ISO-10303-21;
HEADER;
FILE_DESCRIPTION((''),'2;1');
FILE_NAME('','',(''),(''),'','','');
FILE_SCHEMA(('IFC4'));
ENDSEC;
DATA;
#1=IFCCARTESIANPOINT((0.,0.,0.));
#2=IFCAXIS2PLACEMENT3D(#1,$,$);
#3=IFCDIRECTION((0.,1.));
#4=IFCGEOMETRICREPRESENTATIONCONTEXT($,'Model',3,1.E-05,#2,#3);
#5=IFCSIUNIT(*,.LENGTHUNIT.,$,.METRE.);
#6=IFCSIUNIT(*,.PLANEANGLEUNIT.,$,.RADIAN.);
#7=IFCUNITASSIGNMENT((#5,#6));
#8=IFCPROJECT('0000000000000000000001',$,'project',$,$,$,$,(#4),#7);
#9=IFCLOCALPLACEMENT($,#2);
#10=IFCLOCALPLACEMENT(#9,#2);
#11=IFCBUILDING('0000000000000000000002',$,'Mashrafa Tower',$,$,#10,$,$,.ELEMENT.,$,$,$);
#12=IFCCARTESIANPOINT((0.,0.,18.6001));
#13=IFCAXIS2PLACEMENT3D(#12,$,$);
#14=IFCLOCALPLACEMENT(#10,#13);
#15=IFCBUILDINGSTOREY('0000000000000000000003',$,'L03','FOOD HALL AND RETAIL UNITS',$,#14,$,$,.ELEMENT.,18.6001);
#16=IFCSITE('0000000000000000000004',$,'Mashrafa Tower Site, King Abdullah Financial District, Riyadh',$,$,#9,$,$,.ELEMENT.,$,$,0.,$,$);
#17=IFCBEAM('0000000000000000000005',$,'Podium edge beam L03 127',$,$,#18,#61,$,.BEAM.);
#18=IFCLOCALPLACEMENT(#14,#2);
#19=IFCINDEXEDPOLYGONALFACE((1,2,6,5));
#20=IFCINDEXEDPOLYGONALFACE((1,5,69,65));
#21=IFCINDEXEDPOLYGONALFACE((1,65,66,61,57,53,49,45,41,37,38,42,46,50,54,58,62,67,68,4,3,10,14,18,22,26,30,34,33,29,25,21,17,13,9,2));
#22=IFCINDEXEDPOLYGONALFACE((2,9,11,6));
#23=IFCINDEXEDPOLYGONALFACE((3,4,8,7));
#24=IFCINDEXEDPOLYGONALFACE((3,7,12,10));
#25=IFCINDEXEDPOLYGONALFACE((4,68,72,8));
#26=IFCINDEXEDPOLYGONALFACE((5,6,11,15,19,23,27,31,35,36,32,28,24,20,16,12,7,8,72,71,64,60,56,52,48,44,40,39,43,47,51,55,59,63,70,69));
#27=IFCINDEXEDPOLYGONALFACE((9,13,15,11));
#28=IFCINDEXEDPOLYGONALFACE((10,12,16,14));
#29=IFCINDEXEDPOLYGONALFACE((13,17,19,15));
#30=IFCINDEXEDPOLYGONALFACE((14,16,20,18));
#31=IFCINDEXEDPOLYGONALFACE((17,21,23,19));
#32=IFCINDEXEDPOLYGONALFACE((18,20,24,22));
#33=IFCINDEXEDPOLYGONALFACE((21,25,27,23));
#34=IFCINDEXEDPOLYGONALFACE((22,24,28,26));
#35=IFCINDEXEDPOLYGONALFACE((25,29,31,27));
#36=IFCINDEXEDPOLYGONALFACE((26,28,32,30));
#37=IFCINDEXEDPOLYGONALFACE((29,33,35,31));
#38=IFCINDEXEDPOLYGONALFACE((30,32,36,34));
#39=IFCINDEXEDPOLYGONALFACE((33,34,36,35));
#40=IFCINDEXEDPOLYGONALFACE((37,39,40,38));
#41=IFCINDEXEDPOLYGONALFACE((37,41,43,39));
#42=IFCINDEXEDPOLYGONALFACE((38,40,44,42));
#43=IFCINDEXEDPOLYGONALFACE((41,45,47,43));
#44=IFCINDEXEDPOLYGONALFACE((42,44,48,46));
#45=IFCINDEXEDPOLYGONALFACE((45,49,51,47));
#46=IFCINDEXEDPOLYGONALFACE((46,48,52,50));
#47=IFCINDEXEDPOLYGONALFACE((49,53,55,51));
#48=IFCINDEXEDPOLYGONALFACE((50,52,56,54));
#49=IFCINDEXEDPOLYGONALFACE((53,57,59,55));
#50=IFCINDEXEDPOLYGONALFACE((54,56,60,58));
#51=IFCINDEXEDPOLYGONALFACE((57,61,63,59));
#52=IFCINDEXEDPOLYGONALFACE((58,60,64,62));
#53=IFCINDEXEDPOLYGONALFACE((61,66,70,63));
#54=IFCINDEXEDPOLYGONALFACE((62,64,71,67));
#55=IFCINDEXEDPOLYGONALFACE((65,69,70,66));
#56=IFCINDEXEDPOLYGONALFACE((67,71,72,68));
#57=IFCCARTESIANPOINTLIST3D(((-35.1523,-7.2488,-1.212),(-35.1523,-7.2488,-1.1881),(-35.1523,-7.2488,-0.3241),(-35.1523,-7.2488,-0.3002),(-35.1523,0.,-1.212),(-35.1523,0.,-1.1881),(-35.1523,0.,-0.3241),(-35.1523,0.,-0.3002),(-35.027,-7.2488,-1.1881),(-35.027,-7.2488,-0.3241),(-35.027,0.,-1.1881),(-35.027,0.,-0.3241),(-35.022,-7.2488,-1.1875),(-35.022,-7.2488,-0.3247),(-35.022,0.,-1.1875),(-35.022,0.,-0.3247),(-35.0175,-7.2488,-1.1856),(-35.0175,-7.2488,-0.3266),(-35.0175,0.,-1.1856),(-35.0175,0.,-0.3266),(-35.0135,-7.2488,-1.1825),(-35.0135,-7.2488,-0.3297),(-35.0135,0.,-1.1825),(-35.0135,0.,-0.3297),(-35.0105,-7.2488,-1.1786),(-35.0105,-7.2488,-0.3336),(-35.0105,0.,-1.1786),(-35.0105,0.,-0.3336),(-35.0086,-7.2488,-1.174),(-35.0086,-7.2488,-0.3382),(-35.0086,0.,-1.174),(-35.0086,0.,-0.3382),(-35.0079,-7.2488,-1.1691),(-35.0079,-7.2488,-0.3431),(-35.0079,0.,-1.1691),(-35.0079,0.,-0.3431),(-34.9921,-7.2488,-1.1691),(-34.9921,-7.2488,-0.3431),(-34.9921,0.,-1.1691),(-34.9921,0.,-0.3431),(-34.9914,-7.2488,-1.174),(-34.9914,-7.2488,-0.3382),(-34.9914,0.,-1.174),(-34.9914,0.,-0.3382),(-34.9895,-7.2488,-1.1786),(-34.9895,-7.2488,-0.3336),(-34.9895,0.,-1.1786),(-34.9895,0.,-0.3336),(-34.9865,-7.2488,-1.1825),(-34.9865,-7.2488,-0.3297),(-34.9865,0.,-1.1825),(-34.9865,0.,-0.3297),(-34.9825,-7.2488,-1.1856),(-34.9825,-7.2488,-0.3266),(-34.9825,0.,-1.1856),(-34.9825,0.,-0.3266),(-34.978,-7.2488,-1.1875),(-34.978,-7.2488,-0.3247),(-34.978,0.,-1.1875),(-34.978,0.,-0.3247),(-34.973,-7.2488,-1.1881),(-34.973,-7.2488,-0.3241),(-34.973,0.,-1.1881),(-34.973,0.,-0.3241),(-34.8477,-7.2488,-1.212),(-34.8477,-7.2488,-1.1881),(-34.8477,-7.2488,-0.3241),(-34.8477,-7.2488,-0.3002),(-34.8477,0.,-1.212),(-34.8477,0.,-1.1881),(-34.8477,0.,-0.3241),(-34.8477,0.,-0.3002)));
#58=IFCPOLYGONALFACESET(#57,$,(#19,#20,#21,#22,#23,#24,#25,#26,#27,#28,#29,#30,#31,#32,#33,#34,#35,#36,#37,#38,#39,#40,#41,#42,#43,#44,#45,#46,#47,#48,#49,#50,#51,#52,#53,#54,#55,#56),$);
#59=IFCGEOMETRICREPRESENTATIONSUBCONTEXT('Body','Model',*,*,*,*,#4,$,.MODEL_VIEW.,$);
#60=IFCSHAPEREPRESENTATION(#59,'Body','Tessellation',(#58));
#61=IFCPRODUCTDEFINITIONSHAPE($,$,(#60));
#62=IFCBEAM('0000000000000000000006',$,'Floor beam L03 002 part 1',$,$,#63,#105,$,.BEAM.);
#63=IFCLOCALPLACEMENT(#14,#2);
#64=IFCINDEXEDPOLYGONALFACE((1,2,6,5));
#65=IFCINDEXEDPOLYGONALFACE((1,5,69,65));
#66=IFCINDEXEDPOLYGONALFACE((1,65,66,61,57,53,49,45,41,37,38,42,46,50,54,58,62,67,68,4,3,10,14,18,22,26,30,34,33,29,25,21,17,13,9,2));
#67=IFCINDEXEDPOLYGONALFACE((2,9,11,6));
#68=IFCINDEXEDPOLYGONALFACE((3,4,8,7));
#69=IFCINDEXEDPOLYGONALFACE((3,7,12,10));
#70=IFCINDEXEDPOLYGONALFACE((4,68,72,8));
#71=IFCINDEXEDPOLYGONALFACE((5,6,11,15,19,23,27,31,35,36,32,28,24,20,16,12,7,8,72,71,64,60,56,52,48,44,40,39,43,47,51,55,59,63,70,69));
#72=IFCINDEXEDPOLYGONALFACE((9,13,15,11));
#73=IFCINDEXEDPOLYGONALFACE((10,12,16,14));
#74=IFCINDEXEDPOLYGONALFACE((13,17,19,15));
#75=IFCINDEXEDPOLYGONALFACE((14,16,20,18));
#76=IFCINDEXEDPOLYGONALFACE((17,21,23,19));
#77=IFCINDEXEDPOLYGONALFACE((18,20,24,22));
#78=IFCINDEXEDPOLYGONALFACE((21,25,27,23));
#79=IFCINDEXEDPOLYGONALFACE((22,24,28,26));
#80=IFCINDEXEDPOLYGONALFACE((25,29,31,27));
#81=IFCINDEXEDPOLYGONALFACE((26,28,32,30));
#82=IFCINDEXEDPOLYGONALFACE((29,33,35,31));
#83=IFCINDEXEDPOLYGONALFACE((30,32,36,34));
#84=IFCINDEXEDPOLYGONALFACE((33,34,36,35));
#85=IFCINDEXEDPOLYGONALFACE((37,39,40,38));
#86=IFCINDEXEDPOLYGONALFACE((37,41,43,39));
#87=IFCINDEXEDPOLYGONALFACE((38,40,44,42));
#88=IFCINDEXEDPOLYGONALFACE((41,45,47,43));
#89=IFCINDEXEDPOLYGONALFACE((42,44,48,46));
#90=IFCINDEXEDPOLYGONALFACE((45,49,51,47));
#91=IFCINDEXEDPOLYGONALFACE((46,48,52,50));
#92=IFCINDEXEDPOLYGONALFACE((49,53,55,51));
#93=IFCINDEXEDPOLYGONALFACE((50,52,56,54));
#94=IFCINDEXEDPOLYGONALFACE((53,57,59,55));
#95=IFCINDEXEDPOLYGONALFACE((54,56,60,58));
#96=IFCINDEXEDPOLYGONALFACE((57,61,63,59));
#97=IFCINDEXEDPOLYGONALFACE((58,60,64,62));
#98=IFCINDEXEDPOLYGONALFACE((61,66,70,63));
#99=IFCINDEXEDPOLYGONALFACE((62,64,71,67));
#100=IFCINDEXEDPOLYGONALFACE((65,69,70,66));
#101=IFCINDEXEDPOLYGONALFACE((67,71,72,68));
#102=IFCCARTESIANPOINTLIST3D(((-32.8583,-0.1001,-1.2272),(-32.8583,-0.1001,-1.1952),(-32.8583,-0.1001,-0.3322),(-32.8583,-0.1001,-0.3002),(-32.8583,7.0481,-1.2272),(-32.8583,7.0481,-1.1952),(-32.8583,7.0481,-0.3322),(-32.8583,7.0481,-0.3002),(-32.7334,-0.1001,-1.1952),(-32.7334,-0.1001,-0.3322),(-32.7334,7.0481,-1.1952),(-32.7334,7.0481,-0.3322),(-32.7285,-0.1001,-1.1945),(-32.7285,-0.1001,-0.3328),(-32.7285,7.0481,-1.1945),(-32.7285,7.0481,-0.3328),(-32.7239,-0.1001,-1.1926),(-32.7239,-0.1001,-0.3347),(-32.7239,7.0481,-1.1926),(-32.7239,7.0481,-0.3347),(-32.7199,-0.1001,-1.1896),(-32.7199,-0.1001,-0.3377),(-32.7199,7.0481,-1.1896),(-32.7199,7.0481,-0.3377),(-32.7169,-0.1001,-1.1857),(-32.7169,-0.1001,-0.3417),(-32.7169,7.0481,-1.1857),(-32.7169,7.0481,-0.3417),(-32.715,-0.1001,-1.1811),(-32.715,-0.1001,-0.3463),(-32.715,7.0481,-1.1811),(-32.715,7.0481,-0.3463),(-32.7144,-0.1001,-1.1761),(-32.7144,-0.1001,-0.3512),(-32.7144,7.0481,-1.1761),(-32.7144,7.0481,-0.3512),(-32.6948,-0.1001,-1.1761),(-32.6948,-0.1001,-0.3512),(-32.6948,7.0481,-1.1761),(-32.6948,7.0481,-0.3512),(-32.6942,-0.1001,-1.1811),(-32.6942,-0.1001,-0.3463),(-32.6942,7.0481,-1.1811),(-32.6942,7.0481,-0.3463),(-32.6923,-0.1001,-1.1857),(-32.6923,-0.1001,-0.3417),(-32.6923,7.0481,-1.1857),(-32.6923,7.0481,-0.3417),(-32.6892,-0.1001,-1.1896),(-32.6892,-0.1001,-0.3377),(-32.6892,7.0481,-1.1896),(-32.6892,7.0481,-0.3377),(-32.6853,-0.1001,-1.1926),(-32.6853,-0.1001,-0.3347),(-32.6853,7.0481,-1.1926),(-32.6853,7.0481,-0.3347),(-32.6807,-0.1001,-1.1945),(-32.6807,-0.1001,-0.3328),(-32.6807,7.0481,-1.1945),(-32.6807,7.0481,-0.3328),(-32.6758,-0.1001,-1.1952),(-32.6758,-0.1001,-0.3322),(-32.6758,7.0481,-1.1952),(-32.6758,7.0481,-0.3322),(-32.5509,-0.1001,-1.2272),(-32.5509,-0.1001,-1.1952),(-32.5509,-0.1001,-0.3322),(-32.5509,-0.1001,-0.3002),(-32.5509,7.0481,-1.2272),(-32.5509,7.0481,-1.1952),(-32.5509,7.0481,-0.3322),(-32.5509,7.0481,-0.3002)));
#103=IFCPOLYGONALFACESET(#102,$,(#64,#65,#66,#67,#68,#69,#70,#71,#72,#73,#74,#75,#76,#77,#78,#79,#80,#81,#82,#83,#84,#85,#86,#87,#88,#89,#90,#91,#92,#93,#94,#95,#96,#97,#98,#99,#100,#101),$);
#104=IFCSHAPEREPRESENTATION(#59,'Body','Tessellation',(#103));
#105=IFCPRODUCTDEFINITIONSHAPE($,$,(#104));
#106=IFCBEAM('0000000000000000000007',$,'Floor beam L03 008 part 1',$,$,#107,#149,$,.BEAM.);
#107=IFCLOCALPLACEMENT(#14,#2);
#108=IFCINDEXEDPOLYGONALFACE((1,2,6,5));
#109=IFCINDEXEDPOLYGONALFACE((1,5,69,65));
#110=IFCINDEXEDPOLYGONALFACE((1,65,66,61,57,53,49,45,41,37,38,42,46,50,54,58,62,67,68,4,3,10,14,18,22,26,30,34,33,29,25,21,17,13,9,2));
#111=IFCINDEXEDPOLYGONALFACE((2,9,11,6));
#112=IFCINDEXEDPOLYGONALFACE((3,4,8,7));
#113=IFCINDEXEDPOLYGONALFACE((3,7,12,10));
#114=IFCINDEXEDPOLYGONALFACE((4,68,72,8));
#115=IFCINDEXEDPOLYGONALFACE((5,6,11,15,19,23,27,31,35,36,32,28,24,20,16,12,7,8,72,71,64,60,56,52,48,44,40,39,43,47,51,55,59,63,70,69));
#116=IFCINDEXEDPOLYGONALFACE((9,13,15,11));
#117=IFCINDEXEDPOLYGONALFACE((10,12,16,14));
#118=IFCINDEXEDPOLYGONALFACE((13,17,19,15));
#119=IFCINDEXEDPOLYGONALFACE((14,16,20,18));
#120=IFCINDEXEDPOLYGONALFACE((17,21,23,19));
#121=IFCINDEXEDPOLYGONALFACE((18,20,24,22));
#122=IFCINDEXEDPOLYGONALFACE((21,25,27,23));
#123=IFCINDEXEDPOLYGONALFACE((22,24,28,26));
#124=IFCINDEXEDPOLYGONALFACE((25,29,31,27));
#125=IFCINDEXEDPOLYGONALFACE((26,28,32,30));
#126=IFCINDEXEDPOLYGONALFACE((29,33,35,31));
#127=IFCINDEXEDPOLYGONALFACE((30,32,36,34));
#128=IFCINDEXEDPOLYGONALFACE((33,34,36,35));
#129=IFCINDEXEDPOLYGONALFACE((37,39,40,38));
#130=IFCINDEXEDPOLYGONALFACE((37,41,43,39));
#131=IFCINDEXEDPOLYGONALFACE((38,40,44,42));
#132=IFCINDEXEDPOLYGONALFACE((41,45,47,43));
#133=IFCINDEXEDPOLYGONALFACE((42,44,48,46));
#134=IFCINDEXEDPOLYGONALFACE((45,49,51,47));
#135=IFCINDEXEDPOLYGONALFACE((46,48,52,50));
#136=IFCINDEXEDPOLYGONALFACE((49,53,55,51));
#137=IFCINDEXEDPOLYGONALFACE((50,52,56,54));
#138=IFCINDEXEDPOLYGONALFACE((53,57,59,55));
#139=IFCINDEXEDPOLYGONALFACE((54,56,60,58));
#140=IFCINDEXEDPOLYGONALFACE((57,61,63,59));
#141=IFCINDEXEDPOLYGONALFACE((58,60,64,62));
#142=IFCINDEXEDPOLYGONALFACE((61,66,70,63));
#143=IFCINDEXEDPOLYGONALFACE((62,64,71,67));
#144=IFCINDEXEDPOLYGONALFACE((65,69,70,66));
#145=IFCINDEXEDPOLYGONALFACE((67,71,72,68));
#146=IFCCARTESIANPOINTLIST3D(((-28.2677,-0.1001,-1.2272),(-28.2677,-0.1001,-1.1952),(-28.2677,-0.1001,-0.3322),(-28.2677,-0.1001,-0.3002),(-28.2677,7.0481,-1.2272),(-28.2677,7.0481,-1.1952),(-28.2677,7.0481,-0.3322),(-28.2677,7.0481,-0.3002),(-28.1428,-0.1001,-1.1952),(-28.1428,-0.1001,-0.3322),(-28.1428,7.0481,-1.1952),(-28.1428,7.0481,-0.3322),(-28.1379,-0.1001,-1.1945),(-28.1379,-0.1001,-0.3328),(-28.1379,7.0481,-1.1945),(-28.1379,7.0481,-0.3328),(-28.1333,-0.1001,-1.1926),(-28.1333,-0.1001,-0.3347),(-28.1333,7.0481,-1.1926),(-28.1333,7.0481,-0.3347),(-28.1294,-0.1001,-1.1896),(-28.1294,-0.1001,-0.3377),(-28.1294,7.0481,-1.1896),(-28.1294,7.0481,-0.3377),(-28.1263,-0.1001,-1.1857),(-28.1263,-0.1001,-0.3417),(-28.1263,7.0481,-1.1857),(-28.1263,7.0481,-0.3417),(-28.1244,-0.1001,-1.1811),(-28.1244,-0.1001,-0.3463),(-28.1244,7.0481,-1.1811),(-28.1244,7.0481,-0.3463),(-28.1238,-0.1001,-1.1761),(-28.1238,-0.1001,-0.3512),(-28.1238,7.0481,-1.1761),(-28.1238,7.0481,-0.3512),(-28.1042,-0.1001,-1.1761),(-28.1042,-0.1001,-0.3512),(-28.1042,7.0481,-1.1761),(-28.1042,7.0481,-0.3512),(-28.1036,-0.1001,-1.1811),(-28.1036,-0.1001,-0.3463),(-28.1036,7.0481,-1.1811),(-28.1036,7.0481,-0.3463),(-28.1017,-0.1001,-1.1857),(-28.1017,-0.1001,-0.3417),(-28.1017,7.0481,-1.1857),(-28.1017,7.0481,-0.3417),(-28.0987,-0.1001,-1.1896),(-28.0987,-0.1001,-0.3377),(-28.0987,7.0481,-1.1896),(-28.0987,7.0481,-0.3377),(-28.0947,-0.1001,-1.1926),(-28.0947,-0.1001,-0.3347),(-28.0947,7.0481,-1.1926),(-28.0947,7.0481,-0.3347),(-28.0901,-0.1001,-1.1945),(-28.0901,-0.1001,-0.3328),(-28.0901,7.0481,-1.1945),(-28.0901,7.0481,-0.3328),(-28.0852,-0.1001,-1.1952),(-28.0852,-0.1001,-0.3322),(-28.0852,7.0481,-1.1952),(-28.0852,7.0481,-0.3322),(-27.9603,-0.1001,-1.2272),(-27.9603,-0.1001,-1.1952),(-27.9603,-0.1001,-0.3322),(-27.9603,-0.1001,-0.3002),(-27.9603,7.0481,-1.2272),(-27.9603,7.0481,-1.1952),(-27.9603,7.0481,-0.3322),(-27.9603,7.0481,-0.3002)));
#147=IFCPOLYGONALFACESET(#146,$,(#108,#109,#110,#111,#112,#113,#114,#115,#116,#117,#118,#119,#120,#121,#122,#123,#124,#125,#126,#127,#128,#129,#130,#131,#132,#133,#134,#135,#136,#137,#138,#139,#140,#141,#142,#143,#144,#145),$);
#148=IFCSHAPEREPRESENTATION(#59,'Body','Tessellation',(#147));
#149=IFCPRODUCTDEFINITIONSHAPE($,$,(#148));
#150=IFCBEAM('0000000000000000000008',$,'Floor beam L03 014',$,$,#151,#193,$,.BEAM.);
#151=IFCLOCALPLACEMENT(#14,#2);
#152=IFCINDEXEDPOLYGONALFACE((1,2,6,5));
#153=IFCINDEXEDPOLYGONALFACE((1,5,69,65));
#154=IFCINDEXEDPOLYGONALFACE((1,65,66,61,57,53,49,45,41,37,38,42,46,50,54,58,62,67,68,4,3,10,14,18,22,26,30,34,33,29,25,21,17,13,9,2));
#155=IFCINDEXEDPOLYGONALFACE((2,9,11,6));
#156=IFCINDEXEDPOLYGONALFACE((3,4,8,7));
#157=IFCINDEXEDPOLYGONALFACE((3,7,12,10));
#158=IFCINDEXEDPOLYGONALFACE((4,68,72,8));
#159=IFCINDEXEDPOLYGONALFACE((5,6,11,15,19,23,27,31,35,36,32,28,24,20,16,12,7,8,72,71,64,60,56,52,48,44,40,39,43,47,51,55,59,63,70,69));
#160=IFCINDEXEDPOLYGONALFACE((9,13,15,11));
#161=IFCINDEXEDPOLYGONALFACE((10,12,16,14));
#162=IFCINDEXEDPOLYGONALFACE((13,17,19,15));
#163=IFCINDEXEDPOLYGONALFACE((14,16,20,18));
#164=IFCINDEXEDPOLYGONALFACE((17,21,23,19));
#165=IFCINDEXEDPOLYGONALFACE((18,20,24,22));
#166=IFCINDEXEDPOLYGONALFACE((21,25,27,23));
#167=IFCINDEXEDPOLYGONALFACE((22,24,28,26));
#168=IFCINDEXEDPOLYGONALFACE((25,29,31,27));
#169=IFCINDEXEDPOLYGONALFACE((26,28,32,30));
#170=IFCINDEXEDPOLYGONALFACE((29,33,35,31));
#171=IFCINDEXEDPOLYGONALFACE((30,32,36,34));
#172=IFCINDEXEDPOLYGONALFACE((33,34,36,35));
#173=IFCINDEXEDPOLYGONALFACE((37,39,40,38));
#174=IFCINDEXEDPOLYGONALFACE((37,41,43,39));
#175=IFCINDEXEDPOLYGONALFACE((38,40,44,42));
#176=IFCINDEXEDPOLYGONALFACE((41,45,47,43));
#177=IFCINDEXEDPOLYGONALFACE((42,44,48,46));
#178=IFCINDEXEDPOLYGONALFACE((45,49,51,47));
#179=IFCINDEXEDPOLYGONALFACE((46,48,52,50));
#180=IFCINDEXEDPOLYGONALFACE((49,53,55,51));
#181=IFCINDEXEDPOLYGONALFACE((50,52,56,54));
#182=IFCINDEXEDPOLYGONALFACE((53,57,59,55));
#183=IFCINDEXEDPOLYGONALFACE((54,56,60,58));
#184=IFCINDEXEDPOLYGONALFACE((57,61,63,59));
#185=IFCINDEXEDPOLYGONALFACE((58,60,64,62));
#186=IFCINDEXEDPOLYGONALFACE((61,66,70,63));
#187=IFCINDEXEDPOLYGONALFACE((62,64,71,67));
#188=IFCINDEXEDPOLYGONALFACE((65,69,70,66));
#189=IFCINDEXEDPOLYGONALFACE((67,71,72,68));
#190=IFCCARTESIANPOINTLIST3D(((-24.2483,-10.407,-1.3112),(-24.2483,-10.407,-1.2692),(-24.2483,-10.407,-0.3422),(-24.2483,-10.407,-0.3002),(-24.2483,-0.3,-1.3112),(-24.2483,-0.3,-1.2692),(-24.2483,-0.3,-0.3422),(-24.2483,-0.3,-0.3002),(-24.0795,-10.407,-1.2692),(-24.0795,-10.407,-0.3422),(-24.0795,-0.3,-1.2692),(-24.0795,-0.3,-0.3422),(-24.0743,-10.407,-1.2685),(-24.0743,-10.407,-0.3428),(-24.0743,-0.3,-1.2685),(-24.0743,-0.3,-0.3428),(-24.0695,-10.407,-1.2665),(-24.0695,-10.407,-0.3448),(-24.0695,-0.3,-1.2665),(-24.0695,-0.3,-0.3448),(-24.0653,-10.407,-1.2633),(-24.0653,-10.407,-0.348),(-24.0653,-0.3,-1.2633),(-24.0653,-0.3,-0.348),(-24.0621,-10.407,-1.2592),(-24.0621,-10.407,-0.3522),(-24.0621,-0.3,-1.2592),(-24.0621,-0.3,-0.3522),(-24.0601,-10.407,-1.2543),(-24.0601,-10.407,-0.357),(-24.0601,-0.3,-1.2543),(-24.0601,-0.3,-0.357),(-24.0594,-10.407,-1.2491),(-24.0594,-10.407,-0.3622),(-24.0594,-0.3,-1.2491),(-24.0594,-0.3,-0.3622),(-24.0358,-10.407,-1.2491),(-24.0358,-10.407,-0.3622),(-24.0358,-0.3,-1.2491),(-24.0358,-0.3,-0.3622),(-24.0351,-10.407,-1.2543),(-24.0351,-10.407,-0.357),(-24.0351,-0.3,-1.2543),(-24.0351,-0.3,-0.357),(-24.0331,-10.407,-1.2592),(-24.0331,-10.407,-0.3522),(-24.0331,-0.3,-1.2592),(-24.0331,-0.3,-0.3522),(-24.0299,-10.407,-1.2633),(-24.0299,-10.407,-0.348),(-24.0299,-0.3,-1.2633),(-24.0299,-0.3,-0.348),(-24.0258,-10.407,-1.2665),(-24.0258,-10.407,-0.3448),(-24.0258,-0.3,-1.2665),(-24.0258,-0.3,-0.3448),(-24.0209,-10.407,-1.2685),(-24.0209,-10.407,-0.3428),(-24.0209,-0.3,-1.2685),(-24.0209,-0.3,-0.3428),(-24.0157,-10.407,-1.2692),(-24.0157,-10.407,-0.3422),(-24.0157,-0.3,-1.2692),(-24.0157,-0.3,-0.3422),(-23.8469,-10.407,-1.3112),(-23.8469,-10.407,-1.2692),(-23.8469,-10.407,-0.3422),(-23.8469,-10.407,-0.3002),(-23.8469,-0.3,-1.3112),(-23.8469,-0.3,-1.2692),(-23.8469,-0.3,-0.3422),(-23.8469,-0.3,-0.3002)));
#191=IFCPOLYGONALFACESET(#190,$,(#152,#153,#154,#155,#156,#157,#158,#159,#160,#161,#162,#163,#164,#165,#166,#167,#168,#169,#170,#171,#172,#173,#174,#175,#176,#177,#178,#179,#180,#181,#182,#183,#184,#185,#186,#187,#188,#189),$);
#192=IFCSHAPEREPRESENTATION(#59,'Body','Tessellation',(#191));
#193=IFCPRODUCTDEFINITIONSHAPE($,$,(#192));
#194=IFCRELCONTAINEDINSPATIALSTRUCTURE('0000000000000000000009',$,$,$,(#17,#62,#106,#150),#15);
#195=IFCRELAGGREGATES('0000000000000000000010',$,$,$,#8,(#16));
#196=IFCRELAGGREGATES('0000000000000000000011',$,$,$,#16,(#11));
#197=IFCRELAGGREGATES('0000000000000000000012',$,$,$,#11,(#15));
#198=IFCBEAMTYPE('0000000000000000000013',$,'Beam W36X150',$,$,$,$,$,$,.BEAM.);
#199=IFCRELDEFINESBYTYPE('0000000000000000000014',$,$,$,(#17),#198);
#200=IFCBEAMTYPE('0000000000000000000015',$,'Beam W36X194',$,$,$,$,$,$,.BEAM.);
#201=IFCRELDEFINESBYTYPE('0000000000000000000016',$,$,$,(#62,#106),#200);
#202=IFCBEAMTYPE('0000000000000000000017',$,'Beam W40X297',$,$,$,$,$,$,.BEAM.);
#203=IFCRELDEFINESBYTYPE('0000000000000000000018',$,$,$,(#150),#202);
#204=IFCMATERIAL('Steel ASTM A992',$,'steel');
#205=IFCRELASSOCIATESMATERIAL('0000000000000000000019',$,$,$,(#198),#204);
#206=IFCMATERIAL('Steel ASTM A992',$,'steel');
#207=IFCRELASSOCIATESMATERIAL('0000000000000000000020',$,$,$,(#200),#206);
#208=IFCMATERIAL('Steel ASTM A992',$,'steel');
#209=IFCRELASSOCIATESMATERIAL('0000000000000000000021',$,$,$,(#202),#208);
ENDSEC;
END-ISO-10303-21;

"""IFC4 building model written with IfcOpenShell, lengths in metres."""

from ifc_helpers import new_model, si_unit, direction, frame, origin, origin_2d, place, context, subcontext, project, spatial, i_section, extrude, material, material_profile, profile_set, type_object, element, save


model = new_model("IFC4")

# Units and contexts
model_context = context("Model", 3, precision=1e-05, world=origin(), true_north=direction((0.0, 1.0)))
body_context = subcontext(model_context, "Body", "Model", "MODEL_VIEW")
ifc_project = project(units=[si_unit("LENGTHUNIT", "METRE"), si_unit("PLANEANGLEUNIT", "RADIAN")], contexts=[model_context])

# Site, building, storey
site_placement = place(None, origin())
site = spatial("IfcSite", under=ifc_project, at=site_placement, Name="Mashrafa Tower Site, King Abdullah Financial District, Riyadh", CompositionType="ELEMENT", RefElevation=0.0)
building_placement = place(site_placement, origin())
building = spatial("IfcBuilding", under=site, at=building_placement, Name="Mashrafa Tower", CompositionType="ELEMENT")
storey_placement = place(building_placement, frame((0.0, 0.0, 18.6001)))
storey = spatial("IfcBuildingStorey", under=building, at=storey_placement, Name="L03", Description="FOOD HALL AND RETAIL UNITS", CompositionType="ELEMENT", Elevation=18.6001)

# Beams
ifc_material_1 = material(Name="Steel ASTM A992", Category="steel")
ifc_material_profile_1 = material_profile(ifc_material_1, i_section(OverallWidth=0.3047, OverallDepth=0.9119, WebThickness=0.0159, FlangeThickness=0.0239, FilletRadius=0.019, at=origin_2d()), Name="W36X150")
ifc_profile_set_1 = profile_set([ifc_material_profile_1], Name="Steel ASTM A992")
beam_type_1 = type_object("IfcBeamType", Name="Beam W36X150", PredefinedType="BEAM", material=ifc_profile_set_1)
beam_1_placement = place(storey_placement, frame((-35.0, 0.0, -0.7561), z_axis=(0.0, -1.0, 0.0), x_axis=(1.0, 0.0, 0.0)))
element("IfcBeam", 1, at=beam_1_placement, inside=storey, type_object=beam_type_1, Name="Podium edge beam L03 127", PredefinedType="BEAM", context=body_context, shape_type="SweptSolid", body=[
    extrude(i_section(OverallWidth=0.3047, OverallDepth=0.9119, WebThickness=0.0159, FlangeThickness=0.0239, FilletRadius=0.019, at=origin_2d()), origin(), (0.0, 0.0, 1.0), 7.2488),
])
ifc_material_2 = material(Name="Steel ASTM A992", Category="steel")
ifc_material_profile_2 = material_profile(ifc_material_2, i_section(OverallWidth=0.3074, OverallDepth=0.927, WebThickness=0.0195, FlangeThickness=0.032, FilletRadius=0.019, at=origin_2d()), Name="W36X194")
ifc_profile_set_2 = profile_set([ifc_material_profile_2], Name="Steel ASTM A992")
beam_type_2 = type_object("IfcBeamType", Name="Beam W36X194", PredefinedType="BEAM", material=ifc_profile_set_2)
for number, where, z_axis, x_axis, name in (
    (2, (-32.7046, -0.1001, -0.7637), (0.0, 1.0, 0.0), (-1.0, 0.0, 0.0), "Floor beam L03 002 part 1"),
    (3, (-28.114, -0.1001, -0.7637), (0.0, 1.0, 0.0), (-1.0, 0.0, 0.0), "Floor beam L03 008 part 1"),
):
    element("IfcBeam", number, at=place(storey_placement, frame(where, z_axis=z_axis, x_axis=x_axis)), inside=storey, type_object=beam_type_2, Name=name, PredefinedType="BEAM", context=body_context, shape_type="SweptSolid", body=[
        extrude(i_section(OverallWidth=0.3074, OverallDepth=0.927, WebThickness=0.0195, FlangeThickness=0.032, FilletRadius=0.019, at=origin_2d()), origin(), (0.0, 0.0, 1.0), 7.1482),
    ])
ifc_material_3 = material(Name="Steel ASTM A992", Category="steel")
ifc_material_profile_3 = material_profile(ifc_material_3, i_section(OverallWidth=0.4014, OverallDepth=1.011, WebThickness=0.0237, FlangeThickness=0.042, FilletRadius=0.02, at=origin_2d()), Name="W40X297")
ifc_profile_set_3 = profile_set([ifc_material_profile_3], Name="Steel ASTM A992")
beam_type_3 = type_object("IfcBeamType", Name="Beam W40X297", PredefinedType="BEAM", material=ifc_profile_set_3)
beam_2_placement = place(storey_placement, frame((-24.0476, -10.407, -0.8057), z_axis=(0.0, 1.0, 0.0), x_axis=(-1.0, 0.0, 0.0)))
element("IfcBeam", 4, at=beam_2_placement, inside=storey, type_object=beam_type_3, Name="Floor beam L03 014", PredefinedType="BEAM", context=body_context, shape_type="SweptSolid", body=[
    extrude(i_section(OverallWidth=0.4014, OverallDepth=1.011, WebThickness=0.0237, FlangeThickness=0.042, FilletRadius=0.02, at=origin_2d()), origin(), (0.0, 0.0, 1.0), 10.1069),
])

save(model, "model.ifc")
